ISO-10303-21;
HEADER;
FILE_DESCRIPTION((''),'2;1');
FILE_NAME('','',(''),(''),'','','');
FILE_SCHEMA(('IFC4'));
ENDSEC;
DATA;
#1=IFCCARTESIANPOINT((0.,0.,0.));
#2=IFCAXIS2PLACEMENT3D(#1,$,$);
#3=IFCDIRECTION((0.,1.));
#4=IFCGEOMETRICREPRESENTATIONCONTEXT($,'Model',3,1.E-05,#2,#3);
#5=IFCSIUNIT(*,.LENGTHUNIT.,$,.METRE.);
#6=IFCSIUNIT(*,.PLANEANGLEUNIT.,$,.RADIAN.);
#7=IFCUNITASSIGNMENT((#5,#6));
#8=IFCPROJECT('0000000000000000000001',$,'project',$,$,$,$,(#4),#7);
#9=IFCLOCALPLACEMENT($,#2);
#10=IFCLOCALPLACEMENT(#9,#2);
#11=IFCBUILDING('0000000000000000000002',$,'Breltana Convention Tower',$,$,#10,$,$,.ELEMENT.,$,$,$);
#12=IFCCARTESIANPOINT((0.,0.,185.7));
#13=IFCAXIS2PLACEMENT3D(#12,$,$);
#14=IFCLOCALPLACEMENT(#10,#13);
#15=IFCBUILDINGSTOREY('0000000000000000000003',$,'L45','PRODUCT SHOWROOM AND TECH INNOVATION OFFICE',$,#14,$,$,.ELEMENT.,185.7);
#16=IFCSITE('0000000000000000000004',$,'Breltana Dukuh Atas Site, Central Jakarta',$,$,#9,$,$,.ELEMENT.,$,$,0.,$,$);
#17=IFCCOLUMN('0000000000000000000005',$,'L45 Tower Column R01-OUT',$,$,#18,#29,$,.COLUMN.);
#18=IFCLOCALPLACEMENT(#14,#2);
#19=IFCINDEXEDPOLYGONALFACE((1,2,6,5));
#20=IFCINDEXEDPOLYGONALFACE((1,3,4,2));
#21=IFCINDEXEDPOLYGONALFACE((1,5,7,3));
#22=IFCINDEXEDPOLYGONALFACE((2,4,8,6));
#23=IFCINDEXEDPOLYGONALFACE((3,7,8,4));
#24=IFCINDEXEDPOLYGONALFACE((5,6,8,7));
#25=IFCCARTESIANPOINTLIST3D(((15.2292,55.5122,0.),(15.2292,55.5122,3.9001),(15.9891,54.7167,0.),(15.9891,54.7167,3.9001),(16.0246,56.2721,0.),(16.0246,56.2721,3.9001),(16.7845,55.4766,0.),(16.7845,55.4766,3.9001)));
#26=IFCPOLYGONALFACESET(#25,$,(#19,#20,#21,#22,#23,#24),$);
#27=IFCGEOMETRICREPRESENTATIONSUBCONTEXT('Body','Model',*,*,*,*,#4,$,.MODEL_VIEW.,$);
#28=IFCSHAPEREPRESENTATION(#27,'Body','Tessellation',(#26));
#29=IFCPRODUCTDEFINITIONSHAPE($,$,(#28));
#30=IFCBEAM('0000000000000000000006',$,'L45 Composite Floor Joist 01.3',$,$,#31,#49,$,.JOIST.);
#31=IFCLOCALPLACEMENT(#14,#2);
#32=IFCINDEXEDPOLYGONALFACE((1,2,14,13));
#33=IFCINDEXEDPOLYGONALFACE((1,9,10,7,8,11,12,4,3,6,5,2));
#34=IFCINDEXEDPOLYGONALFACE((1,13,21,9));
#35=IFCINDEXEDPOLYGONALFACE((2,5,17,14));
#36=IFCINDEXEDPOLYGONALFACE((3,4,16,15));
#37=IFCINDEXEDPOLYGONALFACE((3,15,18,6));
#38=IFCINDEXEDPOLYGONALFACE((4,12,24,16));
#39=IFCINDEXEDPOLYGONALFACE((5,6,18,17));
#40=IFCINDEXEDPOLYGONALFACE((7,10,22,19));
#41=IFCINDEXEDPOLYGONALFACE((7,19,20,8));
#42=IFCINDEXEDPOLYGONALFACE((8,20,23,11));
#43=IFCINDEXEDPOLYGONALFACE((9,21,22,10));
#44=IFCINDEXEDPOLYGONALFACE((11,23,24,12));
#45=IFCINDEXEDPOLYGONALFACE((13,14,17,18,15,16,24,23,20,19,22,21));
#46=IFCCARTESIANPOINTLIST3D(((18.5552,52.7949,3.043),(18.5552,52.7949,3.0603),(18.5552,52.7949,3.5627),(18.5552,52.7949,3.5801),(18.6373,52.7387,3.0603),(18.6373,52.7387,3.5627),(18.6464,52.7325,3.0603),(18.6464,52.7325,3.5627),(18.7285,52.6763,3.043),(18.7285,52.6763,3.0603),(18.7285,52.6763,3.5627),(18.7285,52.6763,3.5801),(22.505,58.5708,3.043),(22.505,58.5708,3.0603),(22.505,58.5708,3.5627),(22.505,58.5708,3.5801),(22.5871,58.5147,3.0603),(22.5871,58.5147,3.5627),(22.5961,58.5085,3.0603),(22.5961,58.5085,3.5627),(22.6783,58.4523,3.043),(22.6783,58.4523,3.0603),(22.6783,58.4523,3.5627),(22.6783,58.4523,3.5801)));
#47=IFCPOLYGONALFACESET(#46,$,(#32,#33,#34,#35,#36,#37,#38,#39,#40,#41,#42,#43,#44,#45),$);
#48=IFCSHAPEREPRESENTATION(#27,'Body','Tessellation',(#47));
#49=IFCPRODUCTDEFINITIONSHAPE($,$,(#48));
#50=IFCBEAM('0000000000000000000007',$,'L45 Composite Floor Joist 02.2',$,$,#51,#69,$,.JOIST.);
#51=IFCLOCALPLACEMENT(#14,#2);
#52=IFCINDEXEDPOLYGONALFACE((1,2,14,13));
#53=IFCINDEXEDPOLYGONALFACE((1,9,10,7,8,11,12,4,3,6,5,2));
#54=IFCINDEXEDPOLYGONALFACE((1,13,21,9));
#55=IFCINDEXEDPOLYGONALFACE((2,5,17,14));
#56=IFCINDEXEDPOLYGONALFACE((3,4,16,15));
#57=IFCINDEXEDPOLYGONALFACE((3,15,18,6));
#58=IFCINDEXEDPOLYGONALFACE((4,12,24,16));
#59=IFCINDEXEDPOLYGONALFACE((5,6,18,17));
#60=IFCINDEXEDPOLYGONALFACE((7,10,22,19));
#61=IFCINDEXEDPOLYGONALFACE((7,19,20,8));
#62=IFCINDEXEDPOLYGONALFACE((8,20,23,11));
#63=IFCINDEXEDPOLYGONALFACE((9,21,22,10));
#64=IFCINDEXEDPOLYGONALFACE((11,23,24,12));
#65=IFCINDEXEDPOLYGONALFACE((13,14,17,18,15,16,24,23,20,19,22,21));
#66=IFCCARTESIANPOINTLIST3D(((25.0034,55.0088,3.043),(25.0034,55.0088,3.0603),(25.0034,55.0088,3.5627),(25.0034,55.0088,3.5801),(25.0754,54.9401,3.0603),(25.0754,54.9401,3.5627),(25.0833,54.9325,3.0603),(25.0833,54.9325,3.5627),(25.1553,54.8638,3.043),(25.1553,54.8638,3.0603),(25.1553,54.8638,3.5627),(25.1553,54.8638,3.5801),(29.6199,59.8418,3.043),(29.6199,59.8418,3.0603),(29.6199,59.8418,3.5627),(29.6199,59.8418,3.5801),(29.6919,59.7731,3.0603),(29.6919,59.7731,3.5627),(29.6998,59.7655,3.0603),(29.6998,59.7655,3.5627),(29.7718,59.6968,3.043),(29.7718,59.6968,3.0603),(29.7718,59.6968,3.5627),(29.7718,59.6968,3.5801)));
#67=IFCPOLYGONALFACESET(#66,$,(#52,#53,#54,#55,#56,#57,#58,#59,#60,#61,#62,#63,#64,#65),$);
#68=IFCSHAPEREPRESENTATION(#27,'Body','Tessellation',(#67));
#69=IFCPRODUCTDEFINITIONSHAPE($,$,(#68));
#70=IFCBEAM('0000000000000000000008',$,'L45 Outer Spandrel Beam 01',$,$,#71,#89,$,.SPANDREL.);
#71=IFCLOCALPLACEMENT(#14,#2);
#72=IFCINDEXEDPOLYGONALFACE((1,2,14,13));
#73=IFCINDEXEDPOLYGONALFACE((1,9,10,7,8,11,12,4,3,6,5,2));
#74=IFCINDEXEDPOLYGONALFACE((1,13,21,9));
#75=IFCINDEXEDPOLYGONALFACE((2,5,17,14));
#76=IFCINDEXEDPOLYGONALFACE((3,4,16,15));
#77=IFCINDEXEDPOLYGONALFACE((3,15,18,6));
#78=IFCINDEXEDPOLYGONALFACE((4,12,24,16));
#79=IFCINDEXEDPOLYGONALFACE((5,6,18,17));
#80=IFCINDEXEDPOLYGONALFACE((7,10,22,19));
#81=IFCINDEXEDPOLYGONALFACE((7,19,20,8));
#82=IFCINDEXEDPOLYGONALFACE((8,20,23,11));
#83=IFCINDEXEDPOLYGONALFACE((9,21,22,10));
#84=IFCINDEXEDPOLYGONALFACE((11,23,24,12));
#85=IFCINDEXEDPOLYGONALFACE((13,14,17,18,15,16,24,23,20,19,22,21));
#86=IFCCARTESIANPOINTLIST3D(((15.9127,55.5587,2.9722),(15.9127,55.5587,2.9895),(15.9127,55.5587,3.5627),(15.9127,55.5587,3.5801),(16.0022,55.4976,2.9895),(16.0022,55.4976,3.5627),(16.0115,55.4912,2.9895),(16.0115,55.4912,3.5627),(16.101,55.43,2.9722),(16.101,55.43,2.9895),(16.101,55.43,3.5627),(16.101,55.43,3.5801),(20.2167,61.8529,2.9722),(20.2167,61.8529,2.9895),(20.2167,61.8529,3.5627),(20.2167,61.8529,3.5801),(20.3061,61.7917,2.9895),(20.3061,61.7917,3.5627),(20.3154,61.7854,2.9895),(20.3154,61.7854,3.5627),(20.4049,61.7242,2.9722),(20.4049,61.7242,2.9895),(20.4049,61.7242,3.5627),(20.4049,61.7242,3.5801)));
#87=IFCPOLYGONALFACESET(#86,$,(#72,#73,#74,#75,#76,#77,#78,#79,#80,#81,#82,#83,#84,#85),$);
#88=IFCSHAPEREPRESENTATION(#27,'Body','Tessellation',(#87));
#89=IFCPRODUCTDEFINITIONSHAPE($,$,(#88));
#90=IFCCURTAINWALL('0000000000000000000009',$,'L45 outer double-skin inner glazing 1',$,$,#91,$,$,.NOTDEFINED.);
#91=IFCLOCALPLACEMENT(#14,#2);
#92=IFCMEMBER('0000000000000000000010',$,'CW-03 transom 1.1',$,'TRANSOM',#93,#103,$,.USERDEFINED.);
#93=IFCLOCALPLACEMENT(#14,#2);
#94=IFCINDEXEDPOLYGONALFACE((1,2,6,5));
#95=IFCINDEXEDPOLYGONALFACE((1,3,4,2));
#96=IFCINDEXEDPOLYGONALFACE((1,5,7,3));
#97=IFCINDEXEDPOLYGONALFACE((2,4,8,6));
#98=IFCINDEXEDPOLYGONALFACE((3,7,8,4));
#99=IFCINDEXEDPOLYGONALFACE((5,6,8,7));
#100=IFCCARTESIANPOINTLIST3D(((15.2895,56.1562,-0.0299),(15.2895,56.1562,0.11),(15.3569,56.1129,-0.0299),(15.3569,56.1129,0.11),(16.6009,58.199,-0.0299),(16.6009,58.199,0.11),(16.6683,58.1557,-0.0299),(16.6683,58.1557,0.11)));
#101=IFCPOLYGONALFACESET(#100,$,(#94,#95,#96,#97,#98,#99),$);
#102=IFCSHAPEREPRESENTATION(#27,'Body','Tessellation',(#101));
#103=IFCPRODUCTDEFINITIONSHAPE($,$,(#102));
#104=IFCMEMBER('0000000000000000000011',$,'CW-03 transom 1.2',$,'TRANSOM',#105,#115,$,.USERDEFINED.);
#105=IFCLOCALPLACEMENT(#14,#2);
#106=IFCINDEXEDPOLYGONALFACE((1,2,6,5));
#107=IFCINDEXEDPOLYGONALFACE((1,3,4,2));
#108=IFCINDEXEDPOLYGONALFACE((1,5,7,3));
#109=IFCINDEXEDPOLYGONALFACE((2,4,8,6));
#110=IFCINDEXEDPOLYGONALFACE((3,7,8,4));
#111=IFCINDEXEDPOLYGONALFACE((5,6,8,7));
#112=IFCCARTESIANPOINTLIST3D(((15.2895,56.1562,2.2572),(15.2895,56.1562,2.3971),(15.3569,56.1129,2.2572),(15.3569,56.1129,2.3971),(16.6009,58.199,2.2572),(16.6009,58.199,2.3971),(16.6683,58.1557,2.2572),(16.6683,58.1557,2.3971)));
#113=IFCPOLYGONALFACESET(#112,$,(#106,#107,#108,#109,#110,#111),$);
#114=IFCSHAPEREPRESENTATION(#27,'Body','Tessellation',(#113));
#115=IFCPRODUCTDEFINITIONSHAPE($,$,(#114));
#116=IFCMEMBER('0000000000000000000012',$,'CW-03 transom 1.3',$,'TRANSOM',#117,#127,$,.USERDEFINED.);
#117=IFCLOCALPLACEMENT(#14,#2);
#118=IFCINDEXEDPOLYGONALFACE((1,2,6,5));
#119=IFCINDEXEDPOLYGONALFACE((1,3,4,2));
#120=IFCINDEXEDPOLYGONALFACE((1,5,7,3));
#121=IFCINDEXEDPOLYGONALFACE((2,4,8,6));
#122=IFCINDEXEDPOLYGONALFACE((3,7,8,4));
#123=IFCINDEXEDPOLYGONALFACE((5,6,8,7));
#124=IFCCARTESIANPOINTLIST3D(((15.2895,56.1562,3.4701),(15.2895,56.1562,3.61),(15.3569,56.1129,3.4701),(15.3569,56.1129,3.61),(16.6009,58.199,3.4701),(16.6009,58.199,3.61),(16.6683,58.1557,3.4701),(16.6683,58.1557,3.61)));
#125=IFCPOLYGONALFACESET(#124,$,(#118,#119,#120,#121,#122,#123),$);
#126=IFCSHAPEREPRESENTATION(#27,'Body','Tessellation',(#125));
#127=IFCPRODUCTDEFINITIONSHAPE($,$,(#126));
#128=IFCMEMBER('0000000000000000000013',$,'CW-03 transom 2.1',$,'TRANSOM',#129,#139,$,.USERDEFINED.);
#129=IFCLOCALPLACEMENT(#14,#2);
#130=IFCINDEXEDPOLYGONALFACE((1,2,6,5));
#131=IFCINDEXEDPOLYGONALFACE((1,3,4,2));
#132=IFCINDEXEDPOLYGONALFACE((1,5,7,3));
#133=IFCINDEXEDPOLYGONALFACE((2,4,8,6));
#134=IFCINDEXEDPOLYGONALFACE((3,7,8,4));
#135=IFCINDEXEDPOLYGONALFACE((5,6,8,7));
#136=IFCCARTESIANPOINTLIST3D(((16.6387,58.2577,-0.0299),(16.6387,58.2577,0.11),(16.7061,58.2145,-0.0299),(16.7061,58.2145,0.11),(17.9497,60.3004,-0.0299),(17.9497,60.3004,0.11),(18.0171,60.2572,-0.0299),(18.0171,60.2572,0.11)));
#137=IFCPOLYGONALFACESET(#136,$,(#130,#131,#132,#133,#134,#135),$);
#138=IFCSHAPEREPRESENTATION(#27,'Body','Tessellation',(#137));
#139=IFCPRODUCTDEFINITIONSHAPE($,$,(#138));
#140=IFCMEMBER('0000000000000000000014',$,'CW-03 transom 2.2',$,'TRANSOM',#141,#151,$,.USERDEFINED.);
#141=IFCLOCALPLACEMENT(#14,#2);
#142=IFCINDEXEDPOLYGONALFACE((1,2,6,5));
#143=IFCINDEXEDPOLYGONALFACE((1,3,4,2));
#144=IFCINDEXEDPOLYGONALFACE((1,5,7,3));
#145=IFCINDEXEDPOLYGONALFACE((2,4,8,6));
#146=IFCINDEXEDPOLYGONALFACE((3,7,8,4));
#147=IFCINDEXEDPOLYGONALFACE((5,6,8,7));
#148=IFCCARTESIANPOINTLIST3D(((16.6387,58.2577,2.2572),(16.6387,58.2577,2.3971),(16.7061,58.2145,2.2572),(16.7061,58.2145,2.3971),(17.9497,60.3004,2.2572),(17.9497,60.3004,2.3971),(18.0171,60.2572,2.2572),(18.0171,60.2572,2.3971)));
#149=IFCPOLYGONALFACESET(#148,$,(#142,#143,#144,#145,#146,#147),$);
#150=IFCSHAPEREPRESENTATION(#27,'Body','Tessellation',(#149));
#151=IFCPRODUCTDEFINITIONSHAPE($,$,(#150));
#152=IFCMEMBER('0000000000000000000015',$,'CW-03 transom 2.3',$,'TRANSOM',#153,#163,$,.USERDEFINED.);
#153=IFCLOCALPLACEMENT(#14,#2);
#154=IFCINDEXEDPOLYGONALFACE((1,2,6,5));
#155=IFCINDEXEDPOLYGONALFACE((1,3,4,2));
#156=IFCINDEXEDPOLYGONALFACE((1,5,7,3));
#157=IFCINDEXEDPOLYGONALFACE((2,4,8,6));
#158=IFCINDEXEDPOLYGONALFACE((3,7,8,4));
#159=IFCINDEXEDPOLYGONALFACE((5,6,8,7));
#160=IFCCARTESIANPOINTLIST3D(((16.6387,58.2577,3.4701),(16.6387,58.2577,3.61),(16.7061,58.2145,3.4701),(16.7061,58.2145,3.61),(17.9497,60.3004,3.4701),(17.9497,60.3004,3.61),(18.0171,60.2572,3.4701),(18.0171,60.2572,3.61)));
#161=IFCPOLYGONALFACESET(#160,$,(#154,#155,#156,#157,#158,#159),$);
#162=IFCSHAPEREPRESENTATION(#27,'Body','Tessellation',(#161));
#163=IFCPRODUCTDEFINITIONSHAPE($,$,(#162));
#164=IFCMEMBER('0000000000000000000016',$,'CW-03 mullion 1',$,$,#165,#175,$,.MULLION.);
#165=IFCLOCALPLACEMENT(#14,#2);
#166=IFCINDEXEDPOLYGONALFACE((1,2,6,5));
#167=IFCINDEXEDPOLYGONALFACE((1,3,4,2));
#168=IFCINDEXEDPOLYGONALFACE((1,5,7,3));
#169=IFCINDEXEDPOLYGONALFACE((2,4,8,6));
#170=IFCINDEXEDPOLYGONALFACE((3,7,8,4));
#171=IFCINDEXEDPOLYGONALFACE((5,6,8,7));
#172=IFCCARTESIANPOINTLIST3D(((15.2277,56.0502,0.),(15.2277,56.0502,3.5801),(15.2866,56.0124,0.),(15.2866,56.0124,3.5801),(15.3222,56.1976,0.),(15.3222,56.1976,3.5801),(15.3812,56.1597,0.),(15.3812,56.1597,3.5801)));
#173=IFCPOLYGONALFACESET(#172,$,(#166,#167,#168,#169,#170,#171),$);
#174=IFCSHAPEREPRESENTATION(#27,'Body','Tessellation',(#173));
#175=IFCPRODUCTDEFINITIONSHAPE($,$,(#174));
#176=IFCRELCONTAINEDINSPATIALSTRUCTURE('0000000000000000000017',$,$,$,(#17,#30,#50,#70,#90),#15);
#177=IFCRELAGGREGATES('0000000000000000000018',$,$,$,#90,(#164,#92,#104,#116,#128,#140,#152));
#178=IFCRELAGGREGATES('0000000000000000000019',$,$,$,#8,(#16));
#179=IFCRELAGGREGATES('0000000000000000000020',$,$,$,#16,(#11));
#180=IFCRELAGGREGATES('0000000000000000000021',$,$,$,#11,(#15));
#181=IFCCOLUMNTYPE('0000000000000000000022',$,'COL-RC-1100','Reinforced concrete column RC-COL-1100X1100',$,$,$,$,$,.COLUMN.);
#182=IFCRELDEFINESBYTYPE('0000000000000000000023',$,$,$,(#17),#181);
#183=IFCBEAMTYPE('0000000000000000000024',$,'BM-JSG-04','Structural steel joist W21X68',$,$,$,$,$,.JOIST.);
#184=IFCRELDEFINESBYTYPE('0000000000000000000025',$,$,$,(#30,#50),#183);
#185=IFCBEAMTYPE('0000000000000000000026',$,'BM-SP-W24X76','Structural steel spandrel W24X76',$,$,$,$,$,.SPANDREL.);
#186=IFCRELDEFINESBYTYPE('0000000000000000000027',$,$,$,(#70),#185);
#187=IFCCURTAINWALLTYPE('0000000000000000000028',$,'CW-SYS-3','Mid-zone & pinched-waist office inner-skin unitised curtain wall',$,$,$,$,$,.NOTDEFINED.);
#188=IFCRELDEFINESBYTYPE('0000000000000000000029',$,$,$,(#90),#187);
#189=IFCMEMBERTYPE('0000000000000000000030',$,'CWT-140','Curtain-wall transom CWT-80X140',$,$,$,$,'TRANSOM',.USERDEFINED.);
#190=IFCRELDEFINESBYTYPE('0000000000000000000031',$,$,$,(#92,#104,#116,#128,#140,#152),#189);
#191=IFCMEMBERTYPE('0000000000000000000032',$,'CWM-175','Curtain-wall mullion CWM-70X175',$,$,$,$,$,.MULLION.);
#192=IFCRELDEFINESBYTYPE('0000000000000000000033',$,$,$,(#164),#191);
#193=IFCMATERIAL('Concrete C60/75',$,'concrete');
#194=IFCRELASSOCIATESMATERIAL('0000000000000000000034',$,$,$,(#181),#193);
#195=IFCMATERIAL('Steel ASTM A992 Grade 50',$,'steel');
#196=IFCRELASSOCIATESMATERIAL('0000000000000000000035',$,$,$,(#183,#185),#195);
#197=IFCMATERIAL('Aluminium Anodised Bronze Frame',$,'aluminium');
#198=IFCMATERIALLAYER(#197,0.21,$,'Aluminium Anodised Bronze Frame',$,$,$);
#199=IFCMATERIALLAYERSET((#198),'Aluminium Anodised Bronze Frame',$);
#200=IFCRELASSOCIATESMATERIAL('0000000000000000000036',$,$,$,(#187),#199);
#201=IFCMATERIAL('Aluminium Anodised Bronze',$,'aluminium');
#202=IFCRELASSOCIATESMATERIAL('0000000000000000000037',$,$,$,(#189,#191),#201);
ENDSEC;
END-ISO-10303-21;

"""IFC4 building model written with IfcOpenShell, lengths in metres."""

from ifc_helpers import new_model, si_unit, direction, frame, origin, origin_2d, place, context, subcontext, project, spatial, rectangle, i_section, extrude, source, transform, mapped, material, layer, layer_set, material_profile, profile_set, type_object, type_shapes, element, aggregate, save


model = new_model("IFC4")

# Units and contexts
model_context = context("Model", 3, precision=1e-05, world=origin(), true_north=direction((0.0, 1.0)))
body_context = subcontext(model_context, "Body", "Model", "MODEL_VIEW")
ifc_project = project(units=[si_unit("LENGTHUNIT", "METRE"), si_unit("PLANEANGLEUNIT", "RADIAN")], contexts=[model_context])

# Site, building, storey
site_placement = place(None, origin())
site = spatial("IfcSite", under=ifc_project, at=site_placement, Name="Breltana Dukuh Atas Site, Central Jakarta", CompositionType="ELEMENT", RefElevation=0.0)
building_placement = place(site_placement, origin())
building = spatial("IfcBuilding", under=site, at=building_placement, Name="Breltana Convention Tower", CompositionType="ELEMENT")
storey_placement = place(building_placement, frame((0.0, 0.0, 185.7)))
storey = spatial("IfcBuildingStorey", under=building, at=storey_placement, Name="L45", Description="PRODUCT SHOWROOM AND TECH INNOVATION OFFICE", CompositionType="ELEMENT", Elevation=185.7)

# Column
ifc_material_1 = material(Name="Concrete C60/75", Category="concrete")
ifc_material_profile_1 = material_profile(ifc_material_1, rectangle(XDim=1.1001, YDim=1.1001, at=origin_2d()), Name="RC-COL-1100X1100")
ifc_profile_set_1 = profile_set([ifc_material_profile_1], Name="Concrete C60/75")
column_type_1 = type_object("IfcColumnType", Name="COL-RC-1100", Description="Reinforced concrete column RC-COL-1100X1100", PredefinedType="COLUMN", material=ifc_profile_set_1)
shared_shape_1 = source(origin(), body_context, "Body", "SweptSolid", [
    extrude(rectangle(XDim=1.1001, YDim=1.1001, at=origin_2d()), origin(), (0.0, 0.0, 1.0), 3.9001),
])
column_1_placement = place(storey_placement, frame((16.0068, 55.4944, 0.0), z_axis=(0.0, 0.0, 1.0), x_axis=(-0.690756, 0.723088, 0.0)))
element("IfcColumn", 1, at=column_1_placement, inside=storey, type_object=column_type_1, Name="L45 Tower Column R01-OUT", PredefinedType="COLUMN", context=body_context, shape_type="MappedRepresentation", body=[
    mapped(shared_shape_1, transform((0.0, 0.0, 0.0), scale=1.0)),
])

# Beams
ifc_material_2 = material(Name="Steel ASTM A992 Grade 50", Category="steel")
ifc_material_profile_2 = material_profile(ifc_material_2, i_section(OverallWidth=0.21, OverallDepth=0.5371, WebThickness=0.011, FlangeThickness=0.0173, at=origin_2d()), Name="W21X68")
ifc_profile_set_2 = profile_set([ifc_material_profile_2], Name="Steel ASTM A992 Grade 50")
beam_type_1 = type_object("IfcBeamType", Name="BM-JSG-04", Description="Structural steel joist W21X68", PredefinedType="JOIST", material=ifc_profile_set_2)
shared_shape_2 = source(origin(), body_context, "Body", "SweptSolid", [
    extrude(i_section(OverallWidth=0.21, OverallDepth=0.5371, WebThickness=0.011, FlangeThickness=0.0173, at=origin_2d()), origin(), (0.0, 0.0, 1.0), 6.9973),
])
beam_1_placement = place(storey_placement, frame((18.6418, 52.7356, 3.3115), z_axis=(0.564469, 0.825454, 0.0), x_axis=(-0.825454, 0.564469, 0.0)))
element("IfcBeam", 2, at=beam_1_placement, inside=storey, type_object=beam_type_1, Name="L45 Composite Floor Joist 01.3", PredefinedType="JOIST", context=body_context, shape_type="MappedRepresentation", body=[
    mapped(shared_shape_2, transform((0.0, 0.0, 0.0), scale=1.0)),
])
shared_shape_3 = source(origin(), body_context, "Body", "SweptSolid", [
    extrude(i_section(OverallWidth=0.21, OverallDepth=0.5371, WebThickness=0.011, FlangeThickness=0.0173, at=origin_2d()), origin(), (0.0, 0.0, 1.0), 6.6836),
])
beam_2_placement = place(storey_placement, frame((25.0793, 54.9363, 3.3115), z_axis=(0.690721, 0.723122, 0.0), x_axis=(-0.723122, 0.690721, 0.0)))
element("IfcBeam", 3, at=beam_2_placement, inside=storey, type_object=beam_type_1, Name="L45 Composite Floor Joist 02.2", PredefinedType="JOIST", context=body_context, shape_type="MappedRepresentation", body=[
    mapped(shared_shape_3, transform((0.0, 0.0, 0.0), scale=1.0)),
])
ifc_material_profile_3 = material_profile(ifc_material_2, i_section(OverallWidth=0.228, OverallDepth=0.6079, WebThickness=0.0112, FlangeThickness=0.0173, at=origin_2d()), Name="W24X76")
ifc_profile_set_3 = profile_set([ifc_material_profile_3], Name="Steel ASTM A992 Grade 50")
beam_type_2 = type_object("IfcBeamType", Name="BM-SP-W24X76", Description="Structural steel spandrel W24X76", PredefinedType="SPANDREL", material=ifc_profile_set_3)
shared_shape_4 = source(origin(), body_context, "Body", "SweptSolid", [
    extrude(i_section(OverallWidth=0.228, OverallDepth=0.6079, WebThickness=0.0112, FlangeThickness=0.0173, at=origin_2d()), origin(), (0.0, 0.0, 1.0), 7.625),
])
type_shapes(beam_type_2, [shared_shape_4])
beam_3_placement = place(storey_placement, frame((16.0068, 55.4944, 3.2761), z_axis=(0.564452, 0.825466, 0.0), x_axis=(-0.825466, 0.564452, 0.0)))
element("IfcBeam", 4, at=beam_3_placement, inside=storey, type_object=beam_type_2, Name="L45 Outer Spandrel Beam 01", PredefinedType="SPANDREL", context=body_context, shape_type="MappedRepresentation", body=[
    mapped(shared_shape_4, transform((0.0, 0.0, 0.0), scale=1.0)),
])

# Curtain wall, members
ifc_material_3 = material(Name="Aluminium Anodised Bronze Frame", Category="aluminium")
ifc_layer_1 = layer(ifc_material_3, 0.21, Name="Aluminium Anodised Bronze Frame")
ifc_layer_set_1 = layer_set([ifc_layer_1], Name="Aluminium Anodised Bronze Frame")
curtain_wall_type = type_object("IfcCurtainWallType", Name="CW-SYS-3", Description="Mid-zone & pinched-waist office inner-skin unitised curtain wall", PredefinedType="NOTDEFINED", material=ifc_layer_set_1)
curtain_wall_placement = place(storey_placement, origin())
curtain_wall = element("IfcCurtainWall", 5, at=curtain_wall_placement, inside=storey, type_object=curtain_wall_type, Name="L45 outer double-skin inner glazing 1", PredefinedType="NOTDEFINED")
ifc_material_4 = material(Name="Aluminium Anodised Bronze", Category="aluminium")
ifc_material_profile_4 = material_profile(ifc_material_4, rectangle(XDim=0.0801, YDim=0.1399, at=origin_2d()), Name="CWT-80X140")
ifc_profile_set_4 = profile_set([ifc_material_profile_4], Name="Aluminium Anodised Bronze")
member_type_1 = type_object("IfcMemberType", Name="CWT-140", Description="Curtain-wall transom CWT-80X140", ElementType="TRANSOM", PredefinedType="USERDEFINED", material=ifc_profile_set_4)
shared_shape_5 = source(origin(), body_context, "Body", "SweptSolid", [
    extrude(rectangle(XDim=0.0801, YDim=0.1399, at=origin_2d()), origin(), (0.0, 0.0, 1.0), 2.4275),
])
member_1_placement = place(storey_placement, frame((15.3232, 56.1345, 0.04), z_axis=(0.540203, 0.841534, 0.0), x_axis=(-0.841534, 0.540203, 0.0)))
member_1 = element("IfcMember", 6, at=member_1_placement, type_object=member_type_1, Name="CW-03 transom 1.1", ObjectType="TRANSOM", PredefinedType="USERDEFINED", context=body_context, shape_type="MappedRepresentation", body=[
    mapped(shared_shape_5, transform((0.0, 0.0, 0.0), scale=1.0)),
])
member_2_placement = place(storey_placement, frame((15.3232, 56.1345, 2.3271), z_axis=(0.540203, 0.841534, 0.0), x_axis=(-0.841534, 0.540203, 0.0)))
member_2 = element("IfcMember", 7, at=member_2_placement, type_object=member_type_1, Name="CW-03 transom 1.2", ObjectType="TRANSOM", PredefinedType="USERDEFINED", context=body_context, shape_type="MappedRepresentation", body=[
    mapped(shared_shape_5, transform((0.0, 0.0, 0.0), scale=1.0)),
])
member_3_placement = place(storey_placement, frame((15.3232, 56.1345, 3.54), z_axis=(0.540203, 0.841534, 0.0), x_axis=(-0.841534, 0.540203, 0.0)))
member_3 = element("IfcMember", 8, at=member_3_placement, type_object=member_type_1, Name="CW-03 transom 1.3", ObjectType="TRANSOM", PredefinedType="USERDEFINED", context=body_context, shape_type="MappedRepresentation", body=[
    mapped(shared_shape_5, transform((0.0, 0.0, 0.0), scale=1.0)),
])
shared_shape_6 = source(origin(), body_context, "Body", "SweptSolid", [
    extrude(rectangle(XDim=0.0801, YDim=0.1399, at=origin_2d()), origin(), (0.0, 0.0, 1.0), 2.4272),
])
member_4_placement = place(storey_placement, frame((16.6724, 58.2361, 0.04), z_axis=(0.540132, 0.84158, 0.0), x_axis=(-0.84158, 0.540132, 0.0)))
member_4 = element("IfcMember", 9, at=member_4_placement, type_object=member_type_1, Name="CW-03 transom 2.1", ObjectType="TRANSOM", PredefinedType="USERDEFINED", context=body_context, shape_type="MappedRepresentation", body=[
    mapped(shared_shape_6, transform((0.0, 0.0, 0.0), scale=1.0)),
])
member_5_placement = place(storey_placement, frame((16.6724, 58.2361, 2.3271), z_axis=(0.540132, 0.84158, 0.0), x_axis=(-0.84158, 0.540132, 0.0)))
member_5 = element("IfcMember", 10, at=member_5_placement, type_object=member_type_1, Name="CW-03 transom 2.2", ObjectType="TRANSOM", PredefinedType="USERDEFINED", context=body_context, shape_type="MappedRepresentation", body=[
    mapped(shared_shape_6, transform((0.0, 0.0, 0.0), scale=1.0)),
])
member_6_placement = place(storey_placement, frame((16.6724, 58.2361, 3.54), z_axis=(0.540132, 0.84158, 0.0), x_axis=(-0.84158, 0.540132, 0.0)))
member_6 = element("IfcMember", 11, at=member_6_placement, type_object=member_type_1, Name="CW-03 transom 2.3", ObjectType="TRANSOM", PredefinedType="USERDEFINED", context=body_context, shape_type="MappedRepresentation", body=[
    mapped(shared_shape_6, transform((0.0, 0.0, 0.0), scale=1.0)),
])
ifc_material_profile_5 = material_profile(ifc_material_4, rectangle(XDim=0.0701, YDim=0.175, at=origin_2d()), Name="CWM-70X175")
ifc_profile_set_5 = profile_set([ifc_material_profile_5], Name="Aluminium Anodised Bronze")
member_type_2 = type_object("IfcMemberType", Name="CWM-175", Description="Curtain-wall mullion CWM-70X175", PredefinedType="MULLION", material=ifc_profile_set_5)
shared_shape_7 = source(origin(), body_context, "Body", "SweptSolid", [
    extrude(rectangle(XDim=0.0701, YDim=0.175, at=origin_2d()), origin(), (0.0, 0.0, 1.0), 3.5801),
])
member_7_placement = place(storey_placement, frame((15.3044, 56.105, 0.0), z_axis=(0.0, 0.0, 1.0), x_axis=(-0.841554, 0.540173, 0.0)))
member_7 = element("IfcMember", 12, at=member_7_placement, type_object=member_type_2, Name="CW-03 mullion 1", PredefinedType="MULLION", context=body_context, shape_type="MappedRepresentation", body=[
    mapped(shared_shape_7, transform((0.0, 0.0, 0.0), scale=1.0)),
])
aggregate(curtain_wall, [member_7, member_1, member_2, member_3, member_4, member_5, member_6])

save(model, "model.ifc")
